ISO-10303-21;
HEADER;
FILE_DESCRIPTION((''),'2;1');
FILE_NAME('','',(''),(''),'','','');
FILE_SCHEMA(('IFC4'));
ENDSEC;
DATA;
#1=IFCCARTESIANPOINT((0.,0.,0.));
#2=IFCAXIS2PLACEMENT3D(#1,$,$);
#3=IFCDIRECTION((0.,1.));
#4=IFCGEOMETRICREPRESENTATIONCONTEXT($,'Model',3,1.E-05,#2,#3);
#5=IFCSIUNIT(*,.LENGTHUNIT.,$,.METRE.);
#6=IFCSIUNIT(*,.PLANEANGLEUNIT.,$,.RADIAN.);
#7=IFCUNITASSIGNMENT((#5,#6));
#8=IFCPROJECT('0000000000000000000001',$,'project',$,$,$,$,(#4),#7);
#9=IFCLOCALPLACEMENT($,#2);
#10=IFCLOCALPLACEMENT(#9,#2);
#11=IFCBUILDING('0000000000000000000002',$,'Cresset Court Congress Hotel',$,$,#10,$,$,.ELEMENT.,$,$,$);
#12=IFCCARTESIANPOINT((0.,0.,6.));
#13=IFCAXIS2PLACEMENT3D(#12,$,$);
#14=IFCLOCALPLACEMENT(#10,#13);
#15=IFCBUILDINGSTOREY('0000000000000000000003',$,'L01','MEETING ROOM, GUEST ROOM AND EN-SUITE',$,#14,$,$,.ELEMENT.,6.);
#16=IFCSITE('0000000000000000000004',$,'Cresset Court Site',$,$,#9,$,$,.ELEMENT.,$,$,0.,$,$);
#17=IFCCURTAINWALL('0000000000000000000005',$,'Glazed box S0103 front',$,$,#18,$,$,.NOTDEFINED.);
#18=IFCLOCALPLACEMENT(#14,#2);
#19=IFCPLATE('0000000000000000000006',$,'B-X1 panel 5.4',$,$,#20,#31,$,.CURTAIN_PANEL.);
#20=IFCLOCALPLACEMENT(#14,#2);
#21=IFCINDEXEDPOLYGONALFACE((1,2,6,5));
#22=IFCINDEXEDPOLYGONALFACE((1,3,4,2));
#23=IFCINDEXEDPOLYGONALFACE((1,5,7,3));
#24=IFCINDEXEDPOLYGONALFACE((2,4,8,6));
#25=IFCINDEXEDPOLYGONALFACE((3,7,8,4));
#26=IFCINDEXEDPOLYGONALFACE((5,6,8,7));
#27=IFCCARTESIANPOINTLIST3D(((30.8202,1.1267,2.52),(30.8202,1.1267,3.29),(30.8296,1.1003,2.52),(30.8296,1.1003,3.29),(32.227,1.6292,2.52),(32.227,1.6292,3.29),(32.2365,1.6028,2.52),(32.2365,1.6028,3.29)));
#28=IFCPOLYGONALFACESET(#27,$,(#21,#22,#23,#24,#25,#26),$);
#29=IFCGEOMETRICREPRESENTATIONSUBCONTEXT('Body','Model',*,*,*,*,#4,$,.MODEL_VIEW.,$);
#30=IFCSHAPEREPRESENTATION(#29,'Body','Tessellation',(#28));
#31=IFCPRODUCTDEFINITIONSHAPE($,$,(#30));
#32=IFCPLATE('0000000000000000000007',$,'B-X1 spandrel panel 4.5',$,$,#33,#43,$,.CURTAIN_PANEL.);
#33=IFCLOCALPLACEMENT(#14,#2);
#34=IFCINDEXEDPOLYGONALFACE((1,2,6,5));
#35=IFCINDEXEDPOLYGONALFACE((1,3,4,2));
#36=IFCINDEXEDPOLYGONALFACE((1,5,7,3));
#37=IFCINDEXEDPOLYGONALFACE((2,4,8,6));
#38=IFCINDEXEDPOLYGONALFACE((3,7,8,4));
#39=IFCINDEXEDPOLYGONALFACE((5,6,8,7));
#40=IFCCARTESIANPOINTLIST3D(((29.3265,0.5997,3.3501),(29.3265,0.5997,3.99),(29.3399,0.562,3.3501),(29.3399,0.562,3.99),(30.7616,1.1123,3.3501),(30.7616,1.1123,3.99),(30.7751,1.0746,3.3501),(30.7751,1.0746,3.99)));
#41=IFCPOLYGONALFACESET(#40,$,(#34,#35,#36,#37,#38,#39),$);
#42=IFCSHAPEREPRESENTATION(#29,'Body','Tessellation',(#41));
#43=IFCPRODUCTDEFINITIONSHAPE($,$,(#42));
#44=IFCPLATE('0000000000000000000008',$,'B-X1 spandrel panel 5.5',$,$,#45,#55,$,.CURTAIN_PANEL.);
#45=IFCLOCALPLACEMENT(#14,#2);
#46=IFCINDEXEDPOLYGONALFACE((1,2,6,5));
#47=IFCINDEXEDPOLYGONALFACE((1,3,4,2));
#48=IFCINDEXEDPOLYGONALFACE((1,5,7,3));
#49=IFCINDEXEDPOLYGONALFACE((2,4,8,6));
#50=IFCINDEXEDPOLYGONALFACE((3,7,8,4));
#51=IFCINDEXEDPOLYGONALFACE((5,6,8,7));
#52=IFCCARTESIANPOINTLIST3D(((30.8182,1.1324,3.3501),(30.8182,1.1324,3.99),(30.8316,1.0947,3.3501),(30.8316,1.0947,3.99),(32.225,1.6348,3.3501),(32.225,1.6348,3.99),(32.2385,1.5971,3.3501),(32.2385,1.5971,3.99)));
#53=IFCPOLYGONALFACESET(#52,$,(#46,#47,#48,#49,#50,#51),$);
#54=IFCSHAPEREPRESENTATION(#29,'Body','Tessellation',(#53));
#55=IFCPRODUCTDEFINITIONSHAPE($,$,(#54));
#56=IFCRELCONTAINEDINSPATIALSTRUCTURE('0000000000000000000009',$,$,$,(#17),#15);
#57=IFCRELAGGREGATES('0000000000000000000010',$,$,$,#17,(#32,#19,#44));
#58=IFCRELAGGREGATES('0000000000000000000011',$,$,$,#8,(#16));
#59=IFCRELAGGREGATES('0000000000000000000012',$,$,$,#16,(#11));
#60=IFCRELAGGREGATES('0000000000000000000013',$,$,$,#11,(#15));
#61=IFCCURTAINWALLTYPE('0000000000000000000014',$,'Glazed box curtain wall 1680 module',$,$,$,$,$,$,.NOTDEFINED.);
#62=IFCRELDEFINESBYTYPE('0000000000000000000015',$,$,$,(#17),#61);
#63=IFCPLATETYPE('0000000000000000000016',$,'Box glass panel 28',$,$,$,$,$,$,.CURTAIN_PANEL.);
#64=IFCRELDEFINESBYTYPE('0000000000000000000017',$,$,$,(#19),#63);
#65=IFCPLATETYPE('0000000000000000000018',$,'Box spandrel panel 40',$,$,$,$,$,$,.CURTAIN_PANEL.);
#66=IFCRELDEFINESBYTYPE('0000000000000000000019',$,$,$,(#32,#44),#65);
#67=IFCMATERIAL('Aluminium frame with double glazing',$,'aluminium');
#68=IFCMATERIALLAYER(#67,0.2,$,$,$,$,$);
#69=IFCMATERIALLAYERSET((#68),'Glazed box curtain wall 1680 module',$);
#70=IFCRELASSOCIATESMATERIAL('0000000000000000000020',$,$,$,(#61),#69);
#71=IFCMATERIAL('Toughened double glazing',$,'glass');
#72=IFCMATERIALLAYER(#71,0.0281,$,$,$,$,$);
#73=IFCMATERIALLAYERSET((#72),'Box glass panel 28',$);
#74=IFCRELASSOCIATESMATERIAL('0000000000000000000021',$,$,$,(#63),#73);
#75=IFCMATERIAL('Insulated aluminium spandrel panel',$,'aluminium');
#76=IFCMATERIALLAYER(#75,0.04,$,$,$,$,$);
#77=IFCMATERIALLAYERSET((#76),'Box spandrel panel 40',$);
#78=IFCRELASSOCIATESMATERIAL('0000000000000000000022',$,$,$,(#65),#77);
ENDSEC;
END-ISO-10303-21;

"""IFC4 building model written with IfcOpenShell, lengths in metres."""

from ifc_helpers import new_model, si_unit, direction, frame, origin, origin_2d, place, context, subcontext, project, spatial, rectangle, extrude, material, layer, layer_set, type_object, element, aggregate, save


model = new_model("IFC4")

# Units and contexts
model_context = context("Model", 3, precision=1e-05, world=origin(), true_north=direction((0.0, 1.0)))
body_context = subcontext(model_context, "Body", "Model", "MODEL_VIEW")
ifc_project = project(units=[si_unit("LENGTHUNIT", "METRE"), si_unit("PLANEANGLEUNIT", "RADIAN")], contexts=[model_context])

# Site, building, storey
site_placement = place(None, origin())
site = spatial("IfcSite", under=ifc_project, at=site_placement, Name="Cresset Court Site", CompositionType="ELEMENT", RefElevation=0.0)
building_placement = place(site_placement, origin())
building = spatial("IfcBuilding", under=site, at=building_placement, Name="Cresset Court Congress Hotel", CompositionType="ELEMENT")
storey_placement = place(building_placement, frame((0.0, 0.0, 6.0)))
storey = spatial("IfcBuildingStorey", under=building, at=storey_placement, Name="L01", Description="MEETING ROOM, GUEST ROOM AND EN-SUITE", CompositionType="ELEMENT", Elevation=6.0)

# Curtain wall
ifc_material_1 = material(Name="Aluminium frame with double glazing", Category="aluminium")
ifc_layer_1 = layer(ifc_material_1, 0.2)
ifc_layer_set_1 = layer_set([ifc_layer_1], Name="Glazed box curtain wall 1680 module")
curtain_wall_type = type_object("IfcCurtainWallType", Name="Glazed box curtain wall 1680 module", PredefinedType="NOTDEFINED", material=ifc_layer_set_1)
curtain_wall_1_placement = place(storey_placement, origin())
curtain_wall_1 = element("IfcCurtainWall", 1, at=curtain_wall_1_placement, inside=storey, type_object=curtain_wall_type, Name="Glazed box S0103 front", PredefinedType="NOTDEFINED")

# Plates
ifc_material_2 = material(Name="Toughened double glazing", Category="glass")
ifc_layer_2 = layer(ifc_material_2, 0.0281)
ifc_layer_set_2 = layer_set([ifc_layer_2], Name="Box glass panel 28")
plate_type_1 = type_object("IfcPlateType", Name="Box glass panel 28", PredefinedType="CURTAIN_PANEL", material=ifc_layer_set_2)
plate_1_placement = place(storey_placement, frame((31.5283, 1.3647, 2.52), z_axis=(0.0, 0.0, 1.0), x_axis=(0.941742, 0.336336, 0.0)))
plate_1 = element("IfcPlate", 2, at=plate_1_placement, type_object=plate_type_1, Name="B-X1 panel 5.4", PredefinedType="CURTAIN_PANEL", context=body_context, shape_type="SweptSolid", body=[
    extrude(rectangle(XDim=1.4939, YDim=0.0281, at=origin_2d()), origin(), (0.0, 0.0, 1.0), 0.77),
])
ifc_material_3 = material(Name="Insulated aluminium spandrel panel", Category="aluminium")
ifc_layer_3 = layer(ifc_material_3, 0.04)
ifc_layer_set_3 = layer_set([ifc_layer_3], Name="Box spandrel panel 40")
plate_type_2 = type_object("IfcPlateType", Name="Box spandrel panel 40", PredefinedType="CURTAIN_PANEL", material=ifc_layer_set_3)
plate_2_placement = place(storey_placement, frame((30.0508, 0.8372, 3.3501), z_axis=(0.0, 0.0, 1.0), x_axis=(0.941742, 0.336336, 0.0)))
plate_2 = element("IfcPlate", 3, at=plate_2_placement, type_object=plate_type_2, Name="B-X1 spandrel panel 4.5", PredefinedType="CURTAIN_PANEL", context=body_context, shape_type="SweptSolid", body=[
    extrude(rectangle(XDim=1.5239, YDim=0.04, at=origin_2d()), origin(), (0.0, 0.0, 1.0), 0.6399),
])
plate_3_placement = place(storey_placement, frame((31.5283, 1.3647, 3.3501), z_axis=(0.0, 0.0, 1.0), x_axis=(0.941742, 0.336336, 0.0)))
plate_3 = element("IfcPlate", 4, at=plate_3_placement, type_object=plate_type_2, Name="B-X1 spandrel panel 5.5", PredefinedType="CURTAIN_PANEL", context=body_context, shape_type="SweptSolid", body=[
    extrude(rectangle(XDim=1.4939, YDim=0.04, at=origin_2d()), origin(), (0.0, 0.0, 1.0), 0.6399),
])
aggregate(curtain_wall_1, [plate_2, plate_1, plate_3])

save(model, "model.ifc")
